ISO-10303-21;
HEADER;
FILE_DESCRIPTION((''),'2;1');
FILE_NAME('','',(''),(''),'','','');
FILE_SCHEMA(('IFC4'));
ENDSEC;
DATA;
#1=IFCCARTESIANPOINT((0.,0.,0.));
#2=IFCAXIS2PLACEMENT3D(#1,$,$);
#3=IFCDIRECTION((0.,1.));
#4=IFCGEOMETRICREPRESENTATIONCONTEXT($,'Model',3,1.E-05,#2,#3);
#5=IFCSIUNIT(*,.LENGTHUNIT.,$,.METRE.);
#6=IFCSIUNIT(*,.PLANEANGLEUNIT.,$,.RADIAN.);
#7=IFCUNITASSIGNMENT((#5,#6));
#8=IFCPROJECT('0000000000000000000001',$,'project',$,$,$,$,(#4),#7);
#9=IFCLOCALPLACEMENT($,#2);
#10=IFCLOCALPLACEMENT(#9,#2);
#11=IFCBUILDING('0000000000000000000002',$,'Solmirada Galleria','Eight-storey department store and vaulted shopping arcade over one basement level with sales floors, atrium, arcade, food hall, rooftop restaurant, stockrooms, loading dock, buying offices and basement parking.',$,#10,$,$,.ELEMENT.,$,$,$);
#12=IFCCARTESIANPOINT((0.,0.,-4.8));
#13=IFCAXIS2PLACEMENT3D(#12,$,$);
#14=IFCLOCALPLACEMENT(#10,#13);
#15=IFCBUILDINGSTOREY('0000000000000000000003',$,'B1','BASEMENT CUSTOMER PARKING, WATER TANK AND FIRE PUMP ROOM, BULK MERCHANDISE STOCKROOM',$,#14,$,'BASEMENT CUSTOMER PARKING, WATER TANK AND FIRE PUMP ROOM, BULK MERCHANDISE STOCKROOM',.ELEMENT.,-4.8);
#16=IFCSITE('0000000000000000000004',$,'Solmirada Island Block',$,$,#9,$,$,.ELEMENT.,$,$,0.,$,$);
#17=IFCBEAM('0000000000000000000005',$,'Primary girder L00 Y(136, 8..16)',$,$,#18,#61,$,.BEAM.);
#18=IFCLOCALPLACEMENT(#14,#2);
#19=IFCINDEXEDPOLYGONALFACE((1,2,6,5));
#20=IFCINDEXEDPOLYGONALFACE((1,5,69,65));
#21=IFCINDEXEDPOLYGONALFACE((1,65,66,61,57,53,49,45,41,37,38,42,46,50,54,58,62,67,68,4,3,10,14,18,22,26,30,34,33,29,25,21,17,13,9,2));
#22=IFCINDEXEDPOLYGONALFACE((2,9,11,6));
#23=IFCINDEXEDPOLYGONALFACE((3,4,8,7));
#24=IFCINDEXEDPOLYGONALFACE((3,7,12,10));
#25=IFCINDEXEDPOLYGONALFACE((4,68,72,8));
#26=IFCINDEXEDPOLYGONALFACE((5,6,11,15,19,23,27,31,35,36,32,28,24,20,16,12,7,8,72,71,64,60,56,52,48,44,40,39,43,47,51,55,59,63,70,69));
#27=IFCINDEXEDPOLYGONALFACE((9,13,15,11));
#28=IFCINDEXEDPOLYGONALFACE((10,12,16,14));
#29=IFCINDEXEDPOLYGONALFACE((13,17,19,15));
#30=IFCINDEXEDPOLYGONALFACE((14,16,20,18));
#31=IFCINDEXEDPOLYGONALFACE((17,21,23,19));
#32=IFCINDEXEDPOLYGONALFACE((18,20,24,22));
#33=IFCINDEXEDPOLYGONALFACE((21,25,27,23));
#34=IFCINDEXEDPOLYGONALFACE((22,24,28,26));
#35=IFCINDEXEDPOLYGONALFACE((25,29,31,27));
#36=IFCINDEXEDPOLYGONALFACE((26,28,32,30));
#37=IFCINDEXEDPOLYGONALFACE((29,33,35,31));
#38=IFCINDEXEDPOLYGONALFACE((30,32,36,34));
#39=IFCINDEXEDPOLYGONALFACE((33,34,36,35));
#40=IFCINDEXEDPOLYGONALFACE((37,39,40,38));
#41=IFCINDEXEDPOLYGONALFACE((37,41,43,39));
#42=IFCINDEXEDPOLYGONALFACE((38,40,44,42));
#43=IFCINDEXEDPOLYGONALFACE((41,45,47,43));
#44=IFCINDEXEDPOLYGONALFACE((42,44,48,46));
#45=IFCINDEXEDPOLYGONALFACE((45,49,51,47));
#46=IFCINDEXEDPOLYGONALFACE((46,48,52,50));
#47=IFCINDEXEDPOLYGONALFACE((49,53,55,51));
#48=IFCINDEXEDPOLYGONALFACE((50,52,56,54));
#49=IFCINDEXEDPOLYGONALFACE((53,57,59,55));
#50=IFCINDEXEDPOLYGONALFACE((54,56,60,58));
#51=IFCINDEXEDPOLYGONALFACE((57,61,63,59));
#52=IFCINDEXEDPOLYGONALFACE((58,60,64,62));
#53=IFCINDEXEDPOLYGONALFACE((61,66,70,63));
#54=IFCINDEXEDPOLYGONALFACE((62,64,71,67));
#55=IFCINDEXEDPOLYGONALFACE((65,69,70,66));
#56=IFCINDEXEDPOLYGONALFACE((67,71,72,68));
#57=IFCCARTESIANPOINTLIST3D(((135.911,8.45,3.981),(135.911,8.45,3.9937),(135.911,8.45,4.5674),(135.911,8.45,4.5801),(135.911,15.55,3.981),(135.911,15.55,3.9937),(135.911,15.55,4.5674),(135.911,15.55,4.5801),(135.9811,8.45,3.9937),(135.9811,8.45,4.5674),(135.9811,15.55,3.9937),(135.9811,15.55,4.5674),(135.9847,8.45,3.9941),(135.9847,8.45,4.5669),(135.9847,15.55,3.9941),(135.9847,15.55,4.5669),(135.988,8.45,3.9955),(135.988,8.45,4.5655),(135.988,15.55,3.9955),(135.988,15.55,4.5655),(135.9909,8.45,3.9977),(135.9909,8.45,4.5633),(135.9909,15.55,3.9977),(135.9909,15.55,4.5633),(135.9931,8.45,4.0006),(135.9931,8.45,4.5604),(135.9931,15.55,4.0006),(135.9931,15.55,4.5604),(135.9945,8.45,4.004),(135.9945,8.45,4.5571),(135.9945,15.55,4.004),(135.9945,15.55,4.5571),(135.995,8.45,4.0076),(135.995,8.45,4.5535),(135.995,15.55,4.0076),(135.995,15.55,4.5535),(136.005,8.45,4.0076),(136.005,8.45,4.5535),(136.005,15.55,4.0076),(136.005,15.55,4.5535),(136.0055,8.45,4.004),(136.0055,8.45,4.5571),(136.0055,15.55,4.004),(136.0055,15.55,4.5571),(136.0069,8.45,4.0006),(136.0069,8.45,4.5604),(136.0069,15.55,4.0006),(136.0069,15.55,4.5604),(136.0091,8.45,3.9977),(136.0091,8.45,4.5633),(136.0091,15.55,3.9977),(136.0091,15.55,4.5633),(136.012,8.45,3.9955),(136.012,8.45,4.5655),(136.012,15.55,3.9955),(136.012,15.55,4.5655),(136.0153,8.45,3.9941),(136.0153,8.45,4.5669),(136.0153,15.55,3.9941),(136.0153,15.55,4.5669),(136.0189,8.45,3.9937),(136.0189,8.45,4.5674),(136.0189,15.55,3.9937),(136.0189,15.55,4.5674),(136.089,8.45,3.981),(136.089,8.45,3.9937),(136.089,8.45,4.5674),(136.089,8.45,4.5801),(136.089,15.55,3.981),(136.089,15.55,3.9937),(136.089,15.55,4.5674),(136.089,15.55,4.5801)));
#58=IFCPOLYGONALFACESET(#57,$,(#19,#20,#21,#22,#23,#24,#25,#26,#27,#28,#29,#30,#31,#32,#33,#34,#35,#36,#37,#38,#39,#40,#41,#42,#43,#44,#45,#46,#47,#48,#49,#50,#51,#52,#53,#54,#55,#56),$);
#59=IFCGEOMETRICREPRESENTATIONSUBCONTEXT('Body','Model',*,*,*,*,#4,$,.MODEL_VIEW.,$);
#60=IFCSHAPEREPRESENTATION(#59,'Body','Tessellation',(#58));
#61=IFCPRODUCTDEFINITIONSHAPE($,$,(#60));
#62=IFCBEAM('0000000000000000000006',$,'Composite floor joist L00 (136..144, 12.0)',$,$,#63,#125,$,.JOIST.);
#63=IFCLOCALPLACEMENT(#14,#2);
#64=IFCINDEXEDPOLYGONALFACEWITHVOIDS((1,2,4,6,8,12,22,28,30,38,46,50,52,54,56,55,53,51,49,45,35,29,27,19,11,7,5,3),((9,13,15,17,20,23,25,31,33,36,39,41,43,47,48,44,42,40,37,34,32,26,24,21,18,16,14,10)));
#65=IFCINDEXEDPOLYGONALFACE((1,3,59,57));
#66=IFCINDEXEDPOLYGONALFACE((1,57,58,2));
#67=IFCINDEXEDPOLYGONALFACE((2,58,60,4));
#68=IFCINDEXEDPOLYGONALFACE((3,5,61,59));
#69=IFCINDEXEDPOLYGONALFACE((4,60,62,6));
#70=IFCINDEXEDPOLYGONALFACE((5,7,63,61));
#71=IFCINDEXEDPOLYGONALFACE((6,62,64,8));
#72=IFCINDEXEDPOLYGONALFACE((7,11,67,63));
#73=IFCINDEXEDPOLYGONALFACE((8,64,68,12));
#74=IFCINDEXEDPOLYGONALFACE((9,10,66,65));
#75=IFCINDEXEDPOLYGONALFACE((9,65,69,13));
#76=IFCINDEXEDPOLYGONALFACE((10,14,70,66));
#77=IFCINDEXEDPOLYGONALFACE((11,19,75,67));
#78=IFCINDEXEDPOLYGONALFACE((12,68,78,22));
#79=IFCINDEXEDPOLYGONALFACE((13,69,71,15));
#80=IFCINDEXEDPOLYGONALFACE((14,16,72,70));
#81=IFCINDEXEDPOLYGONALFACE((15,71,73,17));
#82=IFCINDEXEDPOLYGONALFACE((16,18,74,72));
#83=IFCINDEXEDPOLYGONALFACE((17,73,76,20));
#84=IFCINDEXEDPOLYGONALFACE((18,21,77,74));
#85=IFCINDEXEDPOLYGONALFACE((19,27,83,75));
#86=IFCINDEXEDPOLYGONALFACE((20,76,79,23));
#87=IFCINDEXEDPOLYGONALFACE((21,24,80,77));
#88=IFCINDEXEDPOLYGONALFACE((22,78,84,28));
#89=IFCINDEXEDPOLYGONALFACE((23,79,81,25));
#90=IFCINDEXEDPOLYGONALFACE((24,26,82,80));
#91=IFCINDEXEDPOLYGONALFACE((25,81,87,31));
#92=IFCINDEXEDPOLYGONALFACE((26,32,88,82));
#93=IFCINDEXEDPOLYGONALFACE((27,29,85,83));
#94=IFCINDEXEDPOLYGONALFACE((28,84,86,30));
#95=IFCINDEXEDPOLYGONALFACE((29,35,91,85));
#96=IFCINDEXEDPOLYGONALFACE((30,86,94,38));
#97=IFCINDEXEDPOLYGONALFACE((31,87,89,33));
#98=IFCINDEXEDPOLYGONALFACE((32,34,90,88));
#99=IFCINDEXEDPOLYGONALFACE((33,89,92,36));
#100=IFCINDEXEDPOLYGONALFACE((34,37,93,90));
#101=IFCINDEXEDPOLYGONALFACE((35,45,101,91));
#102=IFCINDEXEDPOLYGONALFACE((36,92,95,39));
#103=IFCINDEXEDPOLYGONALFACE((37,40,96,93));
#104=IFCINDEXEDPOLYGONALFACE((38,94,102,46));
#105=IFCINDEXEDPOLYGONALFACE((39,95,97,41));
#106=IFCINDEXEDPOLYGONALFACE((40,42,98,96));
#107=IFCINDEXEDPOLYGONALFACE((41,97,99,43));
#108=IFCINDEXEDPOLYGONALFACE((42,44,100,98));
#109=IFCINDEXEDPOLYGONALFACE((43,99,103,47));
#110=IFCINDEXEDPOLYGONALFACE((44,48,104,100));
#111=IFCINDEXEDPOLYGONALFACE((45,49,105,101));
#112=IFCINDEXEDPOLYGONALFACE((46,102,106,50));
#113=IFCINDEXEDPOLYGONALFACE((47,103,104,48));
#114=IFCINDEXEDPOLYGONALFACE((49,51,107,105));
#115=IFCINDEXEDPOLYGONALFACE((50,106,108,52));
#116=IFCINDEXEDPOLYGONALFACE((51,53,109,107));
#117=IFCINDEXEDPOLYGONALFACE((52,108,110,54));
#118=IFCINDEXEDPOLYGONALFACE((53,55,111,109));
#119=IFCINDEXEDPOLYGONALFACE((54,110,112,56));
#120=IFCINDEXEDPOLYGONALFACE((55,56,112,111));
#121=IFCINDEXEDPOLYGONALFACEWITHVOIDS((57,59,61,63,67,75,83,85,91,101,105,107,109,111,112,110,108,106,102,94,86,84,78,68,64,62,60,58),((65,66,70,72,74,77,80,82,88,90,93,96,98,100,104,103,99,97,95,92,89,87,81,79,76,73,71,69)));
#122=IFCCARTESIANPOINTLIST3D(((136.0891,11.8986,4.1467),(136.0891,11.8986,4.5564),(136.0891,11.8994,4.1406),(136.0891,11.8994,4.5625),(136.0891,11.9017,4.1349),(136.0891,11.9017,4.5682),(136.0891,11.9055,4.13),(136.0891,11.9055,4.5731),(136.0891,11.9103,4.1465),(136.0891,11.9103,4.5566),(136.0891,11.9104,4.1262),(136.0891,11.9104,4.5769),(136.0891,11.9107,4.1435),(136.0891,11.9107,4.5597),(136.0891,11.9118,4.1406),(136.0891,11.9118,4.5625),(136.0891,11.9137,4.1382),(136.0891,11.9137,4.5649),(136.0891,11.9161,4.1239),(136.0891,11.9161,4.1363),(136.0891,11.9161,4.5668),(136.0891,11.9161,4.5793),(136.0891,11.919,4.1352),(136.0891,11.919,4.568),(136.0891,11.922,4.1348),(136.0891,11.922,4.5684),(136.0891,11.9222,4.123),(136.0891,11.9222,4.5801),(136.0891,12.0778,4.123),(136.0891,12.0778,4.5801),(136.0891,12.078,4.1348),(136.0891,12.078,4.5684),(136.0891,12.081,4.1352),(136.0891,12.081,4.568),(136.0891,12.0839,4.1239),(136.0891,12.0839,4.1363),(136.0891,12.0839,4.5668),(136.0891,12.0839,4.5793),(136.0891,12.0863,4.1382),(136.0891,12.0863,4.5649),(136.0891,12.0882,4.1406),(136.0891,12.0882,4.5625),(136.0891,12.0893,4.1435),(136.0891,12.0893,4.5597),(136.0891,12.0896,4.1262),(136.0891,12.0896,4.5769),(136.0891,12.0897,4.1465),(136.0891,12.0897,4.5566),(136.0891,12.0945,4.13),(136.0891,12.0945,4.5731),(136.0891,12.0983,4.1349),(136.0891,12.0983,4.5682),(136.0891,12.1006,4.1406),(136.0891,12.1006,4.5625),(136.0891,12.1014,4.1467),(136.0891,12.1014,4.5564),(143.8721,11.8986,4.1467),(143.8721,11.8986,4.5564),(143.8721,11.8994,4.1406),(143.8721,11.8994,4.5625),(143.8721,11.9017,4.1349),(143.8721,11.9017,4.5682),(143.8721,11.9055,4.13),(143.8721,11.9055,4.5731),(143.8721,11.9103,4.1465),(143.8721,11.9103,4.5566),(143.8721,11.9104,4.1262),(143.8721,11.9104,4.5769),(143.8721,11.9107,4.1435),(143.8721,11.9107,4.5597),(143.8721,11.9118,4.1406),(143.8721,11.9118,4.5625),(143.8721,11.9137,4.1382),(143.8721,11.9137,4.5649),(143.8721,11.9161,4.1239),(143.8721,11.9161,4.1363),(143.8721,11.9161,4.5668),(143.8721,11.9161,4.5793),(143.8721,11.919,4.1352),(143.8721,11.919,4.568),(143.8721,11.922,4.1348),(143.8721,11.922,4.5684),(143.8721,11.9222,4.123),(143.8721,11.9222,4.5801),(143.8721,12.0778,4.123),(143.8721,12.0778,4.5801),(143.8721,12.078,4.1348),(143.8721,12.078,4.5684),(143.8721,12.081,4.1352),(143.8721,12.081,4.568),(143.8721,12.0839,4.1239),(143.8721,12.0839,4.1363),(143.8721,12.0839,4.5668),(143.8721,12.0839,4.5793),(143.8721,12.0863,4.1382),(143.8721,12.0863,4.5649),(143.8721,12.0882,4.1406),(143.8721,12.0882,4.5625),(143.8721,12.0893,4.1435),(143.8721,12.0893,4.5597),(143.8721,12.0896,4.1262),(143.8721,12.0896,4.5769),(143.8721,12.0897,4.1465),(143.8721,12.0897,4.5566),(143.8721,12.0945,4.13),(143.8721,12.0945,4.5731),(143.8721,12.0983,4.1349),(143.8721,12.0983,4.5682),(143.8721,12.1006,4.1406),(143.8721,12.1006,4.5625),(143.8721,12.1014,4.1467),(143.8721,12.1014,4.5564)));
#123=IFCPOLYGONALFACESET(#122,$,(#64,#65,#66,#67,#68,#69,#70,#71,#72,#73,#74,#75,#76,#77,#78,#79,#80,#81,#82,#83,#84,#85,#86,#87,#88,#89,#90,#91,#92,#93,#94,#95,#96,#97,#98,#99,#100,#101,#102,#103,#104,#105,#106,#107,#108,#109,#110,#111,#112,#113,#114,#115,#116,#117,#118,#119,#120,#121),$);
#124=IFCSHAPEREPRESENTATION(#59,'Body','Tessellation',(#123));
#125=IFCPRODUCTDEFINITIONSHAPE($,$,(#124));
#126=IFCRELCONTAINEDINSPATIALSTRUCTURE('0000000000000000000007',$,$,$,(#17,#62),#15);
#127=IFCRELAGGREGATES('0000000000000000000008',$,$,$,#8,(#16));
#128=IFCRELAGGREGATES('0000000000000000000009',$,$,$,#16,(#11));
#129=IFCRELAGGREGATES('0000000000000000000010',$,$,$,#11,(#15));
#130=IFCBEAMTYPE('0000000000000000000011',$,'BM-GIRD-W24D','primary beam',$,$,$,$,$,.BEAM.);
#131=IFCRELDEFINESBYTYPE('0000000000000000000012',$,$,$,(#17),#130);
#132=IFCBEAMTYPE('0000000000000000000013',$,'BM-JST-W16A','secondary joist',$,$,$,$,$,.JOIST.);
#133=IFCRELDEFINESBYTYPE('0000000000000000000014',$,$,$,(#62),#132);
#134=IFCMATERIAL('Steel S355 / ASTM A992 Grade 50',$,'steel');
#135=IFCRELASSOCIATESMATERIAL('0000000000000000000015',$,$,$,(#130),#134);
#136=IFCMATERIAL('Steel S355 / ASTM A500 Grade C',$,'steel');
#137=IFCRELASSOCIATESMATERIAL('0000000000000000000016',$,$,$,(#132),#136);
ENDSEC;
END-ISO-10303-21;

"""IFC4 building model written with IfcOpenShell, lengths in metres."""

from ifc_helpers import new_model, si_unit, direction, frame, origin, origin_2d, place, context, subcontext, project, spatial, hollow_rectangle, i_section, extrude, material, material_profile, profile_set, type_object, element, save


model = new_model("IFC4")

# Units and contexts
model_context = context("Model", 3, precision=1e-05, world=origin(), true_north=direction((0.0, 1.0)))
body_context = subcontext(model_context, "Body", "Model", "MODEL_VIEW")
ifc_project = project(units=[si_unit("LENGTHUNIT", "METRE"), si_unit("PLANEANGLEUNIT", "RADIAN")], contexts=[model_context])

# Site, building, storey
site_placement = place(None, origin())
site = spatial("IfcSite", under=ifc_project, at=site_placement, Name="Solmirada Island Block", CompositionType="ELEMENT", RefElevation=0.0)
building_placement = place(site_placement, origin())
building = spatial("IfcBuilding", under=site, at=building_placement, Name="Solmirada Galleria", Description="Eight-storey department store and vaulted shopping arcade over one basement level with sales floors, atrium, arcade, food hall, rooftop restaurant, stockrooms, loading dock, buying offices and basement parking.", CompositionType="ELEMENT")
storey_placement = place(building_placement, frame((0.0, 0.0, -4.8)))
storey = spatial("IfcBuildingStorey", under=building, at=storey_placement, Name="B1", Description="BASEMENT CUSTOMER PARKING, WATER TANK AND FIRE PUMP ROOM, BULK MERCHANDISE STOCKROOM", LongName="BASEMENT CUSTOMER PARKING, WATER TANK AND FIRE PUMP ROOM, BULK MERCHANDISE STOCKROOM", CompositionType="ELEMENT", Elevation=-4.8)

# Beams
ifc_material_1 = material(Name="Steel S355 / ASTM A992 Grade 50", Category="steel")
ifc_material_profile_1 = material_profile(ifc_material_1, i_section(OverallWidth=0.178, OverallDepth=0.5991, WebThickness=0.01, FlangeThickness=0.0127, FilletRadius=0.0139, at=origin_2d()), Name="W24X55")
ifc_profile_set_1 = profile_set([ifc_material_profile_1], Name="Steel S355 / ASTM A992 Grade 50")
beam_type_1 = type_object("IfcBeamType", Name="BM-GIRD-W24D", Description="primary beam", PredefinedType="BEAM", material=ifc_profile_set_1)
beam_1_placement = place(storey_placement, frame((136.0, 8.45, 4.2805), z_axis=(0.0, 1.0, 0.0), x_axis=(-1.0, 0.0, 0.0)))
element("IfcBeam", 1, at=beam_1_placement, inside=storey, type_object=beam_type_1, Name="Primary girder L00 Y(136, 8..16)", PredefinedType="BEAM", context=body_context, shape_type="SweptSolid", body=[
    extrude(i_section(OverallWidth=0.178, OverallDepth=0.5991, WebThickness=0.01, FlangeThickness=0.0127, FilletRadius=0.0139, at=origin_2d()), origin(), (0.0, 0.0, 1.0), 7.1001),
])
ifc_material_2 = material(Name="Steel S355 / ASTM A500 Grade C", Category="steel")
ifc_material_profile_2 = material_profile(ifc_material_2, hollow_rectangle(XDim=0.2029, YDim=0.457, WallThickness=0.0117, InnerFilletRadius=0.0117, OuterFilletRadius=0.0237, at=origin_2d()), Name="HSS18X8X1/2")
ifc_profile_set_2 = profile_set([ifc_material_profile_2], Name="Steel S355 / ASTM A500 Grade C")
beam_type_2 = type_object("IfcBeamType", Name="BM-JST-W16A", Description="secondary joist", PredefinedType="JOIST", material=ifc_profile_set_2)
beam_2_placement = place(storey_placement, frame((136.0891, 12.0, 4.3516), z_axis=(1.0, 0.0, 0.0), x_axis=(0.0, 1.0, 0.0)))
element("IfcBeam", 2, at=beam_2_placement, inside=storey, type_object=beam_type_2, Name="Composite floor joist L00 (136..144, 12.0)", PredefinedType="JOIST", context=body_context, shape_type="SweptSolid", body=[
    extrude(hollow_rectangle(XDim=0.2029, YDim=0.457, WallThickness=0.0117, InnerFilletRadius=0.0117, OuterFilletRadius=0.0237, at=origin_2d()), origin(), (0.0, 0.0, 1.0), 7.783),
])

save(model, "model.ifc")
